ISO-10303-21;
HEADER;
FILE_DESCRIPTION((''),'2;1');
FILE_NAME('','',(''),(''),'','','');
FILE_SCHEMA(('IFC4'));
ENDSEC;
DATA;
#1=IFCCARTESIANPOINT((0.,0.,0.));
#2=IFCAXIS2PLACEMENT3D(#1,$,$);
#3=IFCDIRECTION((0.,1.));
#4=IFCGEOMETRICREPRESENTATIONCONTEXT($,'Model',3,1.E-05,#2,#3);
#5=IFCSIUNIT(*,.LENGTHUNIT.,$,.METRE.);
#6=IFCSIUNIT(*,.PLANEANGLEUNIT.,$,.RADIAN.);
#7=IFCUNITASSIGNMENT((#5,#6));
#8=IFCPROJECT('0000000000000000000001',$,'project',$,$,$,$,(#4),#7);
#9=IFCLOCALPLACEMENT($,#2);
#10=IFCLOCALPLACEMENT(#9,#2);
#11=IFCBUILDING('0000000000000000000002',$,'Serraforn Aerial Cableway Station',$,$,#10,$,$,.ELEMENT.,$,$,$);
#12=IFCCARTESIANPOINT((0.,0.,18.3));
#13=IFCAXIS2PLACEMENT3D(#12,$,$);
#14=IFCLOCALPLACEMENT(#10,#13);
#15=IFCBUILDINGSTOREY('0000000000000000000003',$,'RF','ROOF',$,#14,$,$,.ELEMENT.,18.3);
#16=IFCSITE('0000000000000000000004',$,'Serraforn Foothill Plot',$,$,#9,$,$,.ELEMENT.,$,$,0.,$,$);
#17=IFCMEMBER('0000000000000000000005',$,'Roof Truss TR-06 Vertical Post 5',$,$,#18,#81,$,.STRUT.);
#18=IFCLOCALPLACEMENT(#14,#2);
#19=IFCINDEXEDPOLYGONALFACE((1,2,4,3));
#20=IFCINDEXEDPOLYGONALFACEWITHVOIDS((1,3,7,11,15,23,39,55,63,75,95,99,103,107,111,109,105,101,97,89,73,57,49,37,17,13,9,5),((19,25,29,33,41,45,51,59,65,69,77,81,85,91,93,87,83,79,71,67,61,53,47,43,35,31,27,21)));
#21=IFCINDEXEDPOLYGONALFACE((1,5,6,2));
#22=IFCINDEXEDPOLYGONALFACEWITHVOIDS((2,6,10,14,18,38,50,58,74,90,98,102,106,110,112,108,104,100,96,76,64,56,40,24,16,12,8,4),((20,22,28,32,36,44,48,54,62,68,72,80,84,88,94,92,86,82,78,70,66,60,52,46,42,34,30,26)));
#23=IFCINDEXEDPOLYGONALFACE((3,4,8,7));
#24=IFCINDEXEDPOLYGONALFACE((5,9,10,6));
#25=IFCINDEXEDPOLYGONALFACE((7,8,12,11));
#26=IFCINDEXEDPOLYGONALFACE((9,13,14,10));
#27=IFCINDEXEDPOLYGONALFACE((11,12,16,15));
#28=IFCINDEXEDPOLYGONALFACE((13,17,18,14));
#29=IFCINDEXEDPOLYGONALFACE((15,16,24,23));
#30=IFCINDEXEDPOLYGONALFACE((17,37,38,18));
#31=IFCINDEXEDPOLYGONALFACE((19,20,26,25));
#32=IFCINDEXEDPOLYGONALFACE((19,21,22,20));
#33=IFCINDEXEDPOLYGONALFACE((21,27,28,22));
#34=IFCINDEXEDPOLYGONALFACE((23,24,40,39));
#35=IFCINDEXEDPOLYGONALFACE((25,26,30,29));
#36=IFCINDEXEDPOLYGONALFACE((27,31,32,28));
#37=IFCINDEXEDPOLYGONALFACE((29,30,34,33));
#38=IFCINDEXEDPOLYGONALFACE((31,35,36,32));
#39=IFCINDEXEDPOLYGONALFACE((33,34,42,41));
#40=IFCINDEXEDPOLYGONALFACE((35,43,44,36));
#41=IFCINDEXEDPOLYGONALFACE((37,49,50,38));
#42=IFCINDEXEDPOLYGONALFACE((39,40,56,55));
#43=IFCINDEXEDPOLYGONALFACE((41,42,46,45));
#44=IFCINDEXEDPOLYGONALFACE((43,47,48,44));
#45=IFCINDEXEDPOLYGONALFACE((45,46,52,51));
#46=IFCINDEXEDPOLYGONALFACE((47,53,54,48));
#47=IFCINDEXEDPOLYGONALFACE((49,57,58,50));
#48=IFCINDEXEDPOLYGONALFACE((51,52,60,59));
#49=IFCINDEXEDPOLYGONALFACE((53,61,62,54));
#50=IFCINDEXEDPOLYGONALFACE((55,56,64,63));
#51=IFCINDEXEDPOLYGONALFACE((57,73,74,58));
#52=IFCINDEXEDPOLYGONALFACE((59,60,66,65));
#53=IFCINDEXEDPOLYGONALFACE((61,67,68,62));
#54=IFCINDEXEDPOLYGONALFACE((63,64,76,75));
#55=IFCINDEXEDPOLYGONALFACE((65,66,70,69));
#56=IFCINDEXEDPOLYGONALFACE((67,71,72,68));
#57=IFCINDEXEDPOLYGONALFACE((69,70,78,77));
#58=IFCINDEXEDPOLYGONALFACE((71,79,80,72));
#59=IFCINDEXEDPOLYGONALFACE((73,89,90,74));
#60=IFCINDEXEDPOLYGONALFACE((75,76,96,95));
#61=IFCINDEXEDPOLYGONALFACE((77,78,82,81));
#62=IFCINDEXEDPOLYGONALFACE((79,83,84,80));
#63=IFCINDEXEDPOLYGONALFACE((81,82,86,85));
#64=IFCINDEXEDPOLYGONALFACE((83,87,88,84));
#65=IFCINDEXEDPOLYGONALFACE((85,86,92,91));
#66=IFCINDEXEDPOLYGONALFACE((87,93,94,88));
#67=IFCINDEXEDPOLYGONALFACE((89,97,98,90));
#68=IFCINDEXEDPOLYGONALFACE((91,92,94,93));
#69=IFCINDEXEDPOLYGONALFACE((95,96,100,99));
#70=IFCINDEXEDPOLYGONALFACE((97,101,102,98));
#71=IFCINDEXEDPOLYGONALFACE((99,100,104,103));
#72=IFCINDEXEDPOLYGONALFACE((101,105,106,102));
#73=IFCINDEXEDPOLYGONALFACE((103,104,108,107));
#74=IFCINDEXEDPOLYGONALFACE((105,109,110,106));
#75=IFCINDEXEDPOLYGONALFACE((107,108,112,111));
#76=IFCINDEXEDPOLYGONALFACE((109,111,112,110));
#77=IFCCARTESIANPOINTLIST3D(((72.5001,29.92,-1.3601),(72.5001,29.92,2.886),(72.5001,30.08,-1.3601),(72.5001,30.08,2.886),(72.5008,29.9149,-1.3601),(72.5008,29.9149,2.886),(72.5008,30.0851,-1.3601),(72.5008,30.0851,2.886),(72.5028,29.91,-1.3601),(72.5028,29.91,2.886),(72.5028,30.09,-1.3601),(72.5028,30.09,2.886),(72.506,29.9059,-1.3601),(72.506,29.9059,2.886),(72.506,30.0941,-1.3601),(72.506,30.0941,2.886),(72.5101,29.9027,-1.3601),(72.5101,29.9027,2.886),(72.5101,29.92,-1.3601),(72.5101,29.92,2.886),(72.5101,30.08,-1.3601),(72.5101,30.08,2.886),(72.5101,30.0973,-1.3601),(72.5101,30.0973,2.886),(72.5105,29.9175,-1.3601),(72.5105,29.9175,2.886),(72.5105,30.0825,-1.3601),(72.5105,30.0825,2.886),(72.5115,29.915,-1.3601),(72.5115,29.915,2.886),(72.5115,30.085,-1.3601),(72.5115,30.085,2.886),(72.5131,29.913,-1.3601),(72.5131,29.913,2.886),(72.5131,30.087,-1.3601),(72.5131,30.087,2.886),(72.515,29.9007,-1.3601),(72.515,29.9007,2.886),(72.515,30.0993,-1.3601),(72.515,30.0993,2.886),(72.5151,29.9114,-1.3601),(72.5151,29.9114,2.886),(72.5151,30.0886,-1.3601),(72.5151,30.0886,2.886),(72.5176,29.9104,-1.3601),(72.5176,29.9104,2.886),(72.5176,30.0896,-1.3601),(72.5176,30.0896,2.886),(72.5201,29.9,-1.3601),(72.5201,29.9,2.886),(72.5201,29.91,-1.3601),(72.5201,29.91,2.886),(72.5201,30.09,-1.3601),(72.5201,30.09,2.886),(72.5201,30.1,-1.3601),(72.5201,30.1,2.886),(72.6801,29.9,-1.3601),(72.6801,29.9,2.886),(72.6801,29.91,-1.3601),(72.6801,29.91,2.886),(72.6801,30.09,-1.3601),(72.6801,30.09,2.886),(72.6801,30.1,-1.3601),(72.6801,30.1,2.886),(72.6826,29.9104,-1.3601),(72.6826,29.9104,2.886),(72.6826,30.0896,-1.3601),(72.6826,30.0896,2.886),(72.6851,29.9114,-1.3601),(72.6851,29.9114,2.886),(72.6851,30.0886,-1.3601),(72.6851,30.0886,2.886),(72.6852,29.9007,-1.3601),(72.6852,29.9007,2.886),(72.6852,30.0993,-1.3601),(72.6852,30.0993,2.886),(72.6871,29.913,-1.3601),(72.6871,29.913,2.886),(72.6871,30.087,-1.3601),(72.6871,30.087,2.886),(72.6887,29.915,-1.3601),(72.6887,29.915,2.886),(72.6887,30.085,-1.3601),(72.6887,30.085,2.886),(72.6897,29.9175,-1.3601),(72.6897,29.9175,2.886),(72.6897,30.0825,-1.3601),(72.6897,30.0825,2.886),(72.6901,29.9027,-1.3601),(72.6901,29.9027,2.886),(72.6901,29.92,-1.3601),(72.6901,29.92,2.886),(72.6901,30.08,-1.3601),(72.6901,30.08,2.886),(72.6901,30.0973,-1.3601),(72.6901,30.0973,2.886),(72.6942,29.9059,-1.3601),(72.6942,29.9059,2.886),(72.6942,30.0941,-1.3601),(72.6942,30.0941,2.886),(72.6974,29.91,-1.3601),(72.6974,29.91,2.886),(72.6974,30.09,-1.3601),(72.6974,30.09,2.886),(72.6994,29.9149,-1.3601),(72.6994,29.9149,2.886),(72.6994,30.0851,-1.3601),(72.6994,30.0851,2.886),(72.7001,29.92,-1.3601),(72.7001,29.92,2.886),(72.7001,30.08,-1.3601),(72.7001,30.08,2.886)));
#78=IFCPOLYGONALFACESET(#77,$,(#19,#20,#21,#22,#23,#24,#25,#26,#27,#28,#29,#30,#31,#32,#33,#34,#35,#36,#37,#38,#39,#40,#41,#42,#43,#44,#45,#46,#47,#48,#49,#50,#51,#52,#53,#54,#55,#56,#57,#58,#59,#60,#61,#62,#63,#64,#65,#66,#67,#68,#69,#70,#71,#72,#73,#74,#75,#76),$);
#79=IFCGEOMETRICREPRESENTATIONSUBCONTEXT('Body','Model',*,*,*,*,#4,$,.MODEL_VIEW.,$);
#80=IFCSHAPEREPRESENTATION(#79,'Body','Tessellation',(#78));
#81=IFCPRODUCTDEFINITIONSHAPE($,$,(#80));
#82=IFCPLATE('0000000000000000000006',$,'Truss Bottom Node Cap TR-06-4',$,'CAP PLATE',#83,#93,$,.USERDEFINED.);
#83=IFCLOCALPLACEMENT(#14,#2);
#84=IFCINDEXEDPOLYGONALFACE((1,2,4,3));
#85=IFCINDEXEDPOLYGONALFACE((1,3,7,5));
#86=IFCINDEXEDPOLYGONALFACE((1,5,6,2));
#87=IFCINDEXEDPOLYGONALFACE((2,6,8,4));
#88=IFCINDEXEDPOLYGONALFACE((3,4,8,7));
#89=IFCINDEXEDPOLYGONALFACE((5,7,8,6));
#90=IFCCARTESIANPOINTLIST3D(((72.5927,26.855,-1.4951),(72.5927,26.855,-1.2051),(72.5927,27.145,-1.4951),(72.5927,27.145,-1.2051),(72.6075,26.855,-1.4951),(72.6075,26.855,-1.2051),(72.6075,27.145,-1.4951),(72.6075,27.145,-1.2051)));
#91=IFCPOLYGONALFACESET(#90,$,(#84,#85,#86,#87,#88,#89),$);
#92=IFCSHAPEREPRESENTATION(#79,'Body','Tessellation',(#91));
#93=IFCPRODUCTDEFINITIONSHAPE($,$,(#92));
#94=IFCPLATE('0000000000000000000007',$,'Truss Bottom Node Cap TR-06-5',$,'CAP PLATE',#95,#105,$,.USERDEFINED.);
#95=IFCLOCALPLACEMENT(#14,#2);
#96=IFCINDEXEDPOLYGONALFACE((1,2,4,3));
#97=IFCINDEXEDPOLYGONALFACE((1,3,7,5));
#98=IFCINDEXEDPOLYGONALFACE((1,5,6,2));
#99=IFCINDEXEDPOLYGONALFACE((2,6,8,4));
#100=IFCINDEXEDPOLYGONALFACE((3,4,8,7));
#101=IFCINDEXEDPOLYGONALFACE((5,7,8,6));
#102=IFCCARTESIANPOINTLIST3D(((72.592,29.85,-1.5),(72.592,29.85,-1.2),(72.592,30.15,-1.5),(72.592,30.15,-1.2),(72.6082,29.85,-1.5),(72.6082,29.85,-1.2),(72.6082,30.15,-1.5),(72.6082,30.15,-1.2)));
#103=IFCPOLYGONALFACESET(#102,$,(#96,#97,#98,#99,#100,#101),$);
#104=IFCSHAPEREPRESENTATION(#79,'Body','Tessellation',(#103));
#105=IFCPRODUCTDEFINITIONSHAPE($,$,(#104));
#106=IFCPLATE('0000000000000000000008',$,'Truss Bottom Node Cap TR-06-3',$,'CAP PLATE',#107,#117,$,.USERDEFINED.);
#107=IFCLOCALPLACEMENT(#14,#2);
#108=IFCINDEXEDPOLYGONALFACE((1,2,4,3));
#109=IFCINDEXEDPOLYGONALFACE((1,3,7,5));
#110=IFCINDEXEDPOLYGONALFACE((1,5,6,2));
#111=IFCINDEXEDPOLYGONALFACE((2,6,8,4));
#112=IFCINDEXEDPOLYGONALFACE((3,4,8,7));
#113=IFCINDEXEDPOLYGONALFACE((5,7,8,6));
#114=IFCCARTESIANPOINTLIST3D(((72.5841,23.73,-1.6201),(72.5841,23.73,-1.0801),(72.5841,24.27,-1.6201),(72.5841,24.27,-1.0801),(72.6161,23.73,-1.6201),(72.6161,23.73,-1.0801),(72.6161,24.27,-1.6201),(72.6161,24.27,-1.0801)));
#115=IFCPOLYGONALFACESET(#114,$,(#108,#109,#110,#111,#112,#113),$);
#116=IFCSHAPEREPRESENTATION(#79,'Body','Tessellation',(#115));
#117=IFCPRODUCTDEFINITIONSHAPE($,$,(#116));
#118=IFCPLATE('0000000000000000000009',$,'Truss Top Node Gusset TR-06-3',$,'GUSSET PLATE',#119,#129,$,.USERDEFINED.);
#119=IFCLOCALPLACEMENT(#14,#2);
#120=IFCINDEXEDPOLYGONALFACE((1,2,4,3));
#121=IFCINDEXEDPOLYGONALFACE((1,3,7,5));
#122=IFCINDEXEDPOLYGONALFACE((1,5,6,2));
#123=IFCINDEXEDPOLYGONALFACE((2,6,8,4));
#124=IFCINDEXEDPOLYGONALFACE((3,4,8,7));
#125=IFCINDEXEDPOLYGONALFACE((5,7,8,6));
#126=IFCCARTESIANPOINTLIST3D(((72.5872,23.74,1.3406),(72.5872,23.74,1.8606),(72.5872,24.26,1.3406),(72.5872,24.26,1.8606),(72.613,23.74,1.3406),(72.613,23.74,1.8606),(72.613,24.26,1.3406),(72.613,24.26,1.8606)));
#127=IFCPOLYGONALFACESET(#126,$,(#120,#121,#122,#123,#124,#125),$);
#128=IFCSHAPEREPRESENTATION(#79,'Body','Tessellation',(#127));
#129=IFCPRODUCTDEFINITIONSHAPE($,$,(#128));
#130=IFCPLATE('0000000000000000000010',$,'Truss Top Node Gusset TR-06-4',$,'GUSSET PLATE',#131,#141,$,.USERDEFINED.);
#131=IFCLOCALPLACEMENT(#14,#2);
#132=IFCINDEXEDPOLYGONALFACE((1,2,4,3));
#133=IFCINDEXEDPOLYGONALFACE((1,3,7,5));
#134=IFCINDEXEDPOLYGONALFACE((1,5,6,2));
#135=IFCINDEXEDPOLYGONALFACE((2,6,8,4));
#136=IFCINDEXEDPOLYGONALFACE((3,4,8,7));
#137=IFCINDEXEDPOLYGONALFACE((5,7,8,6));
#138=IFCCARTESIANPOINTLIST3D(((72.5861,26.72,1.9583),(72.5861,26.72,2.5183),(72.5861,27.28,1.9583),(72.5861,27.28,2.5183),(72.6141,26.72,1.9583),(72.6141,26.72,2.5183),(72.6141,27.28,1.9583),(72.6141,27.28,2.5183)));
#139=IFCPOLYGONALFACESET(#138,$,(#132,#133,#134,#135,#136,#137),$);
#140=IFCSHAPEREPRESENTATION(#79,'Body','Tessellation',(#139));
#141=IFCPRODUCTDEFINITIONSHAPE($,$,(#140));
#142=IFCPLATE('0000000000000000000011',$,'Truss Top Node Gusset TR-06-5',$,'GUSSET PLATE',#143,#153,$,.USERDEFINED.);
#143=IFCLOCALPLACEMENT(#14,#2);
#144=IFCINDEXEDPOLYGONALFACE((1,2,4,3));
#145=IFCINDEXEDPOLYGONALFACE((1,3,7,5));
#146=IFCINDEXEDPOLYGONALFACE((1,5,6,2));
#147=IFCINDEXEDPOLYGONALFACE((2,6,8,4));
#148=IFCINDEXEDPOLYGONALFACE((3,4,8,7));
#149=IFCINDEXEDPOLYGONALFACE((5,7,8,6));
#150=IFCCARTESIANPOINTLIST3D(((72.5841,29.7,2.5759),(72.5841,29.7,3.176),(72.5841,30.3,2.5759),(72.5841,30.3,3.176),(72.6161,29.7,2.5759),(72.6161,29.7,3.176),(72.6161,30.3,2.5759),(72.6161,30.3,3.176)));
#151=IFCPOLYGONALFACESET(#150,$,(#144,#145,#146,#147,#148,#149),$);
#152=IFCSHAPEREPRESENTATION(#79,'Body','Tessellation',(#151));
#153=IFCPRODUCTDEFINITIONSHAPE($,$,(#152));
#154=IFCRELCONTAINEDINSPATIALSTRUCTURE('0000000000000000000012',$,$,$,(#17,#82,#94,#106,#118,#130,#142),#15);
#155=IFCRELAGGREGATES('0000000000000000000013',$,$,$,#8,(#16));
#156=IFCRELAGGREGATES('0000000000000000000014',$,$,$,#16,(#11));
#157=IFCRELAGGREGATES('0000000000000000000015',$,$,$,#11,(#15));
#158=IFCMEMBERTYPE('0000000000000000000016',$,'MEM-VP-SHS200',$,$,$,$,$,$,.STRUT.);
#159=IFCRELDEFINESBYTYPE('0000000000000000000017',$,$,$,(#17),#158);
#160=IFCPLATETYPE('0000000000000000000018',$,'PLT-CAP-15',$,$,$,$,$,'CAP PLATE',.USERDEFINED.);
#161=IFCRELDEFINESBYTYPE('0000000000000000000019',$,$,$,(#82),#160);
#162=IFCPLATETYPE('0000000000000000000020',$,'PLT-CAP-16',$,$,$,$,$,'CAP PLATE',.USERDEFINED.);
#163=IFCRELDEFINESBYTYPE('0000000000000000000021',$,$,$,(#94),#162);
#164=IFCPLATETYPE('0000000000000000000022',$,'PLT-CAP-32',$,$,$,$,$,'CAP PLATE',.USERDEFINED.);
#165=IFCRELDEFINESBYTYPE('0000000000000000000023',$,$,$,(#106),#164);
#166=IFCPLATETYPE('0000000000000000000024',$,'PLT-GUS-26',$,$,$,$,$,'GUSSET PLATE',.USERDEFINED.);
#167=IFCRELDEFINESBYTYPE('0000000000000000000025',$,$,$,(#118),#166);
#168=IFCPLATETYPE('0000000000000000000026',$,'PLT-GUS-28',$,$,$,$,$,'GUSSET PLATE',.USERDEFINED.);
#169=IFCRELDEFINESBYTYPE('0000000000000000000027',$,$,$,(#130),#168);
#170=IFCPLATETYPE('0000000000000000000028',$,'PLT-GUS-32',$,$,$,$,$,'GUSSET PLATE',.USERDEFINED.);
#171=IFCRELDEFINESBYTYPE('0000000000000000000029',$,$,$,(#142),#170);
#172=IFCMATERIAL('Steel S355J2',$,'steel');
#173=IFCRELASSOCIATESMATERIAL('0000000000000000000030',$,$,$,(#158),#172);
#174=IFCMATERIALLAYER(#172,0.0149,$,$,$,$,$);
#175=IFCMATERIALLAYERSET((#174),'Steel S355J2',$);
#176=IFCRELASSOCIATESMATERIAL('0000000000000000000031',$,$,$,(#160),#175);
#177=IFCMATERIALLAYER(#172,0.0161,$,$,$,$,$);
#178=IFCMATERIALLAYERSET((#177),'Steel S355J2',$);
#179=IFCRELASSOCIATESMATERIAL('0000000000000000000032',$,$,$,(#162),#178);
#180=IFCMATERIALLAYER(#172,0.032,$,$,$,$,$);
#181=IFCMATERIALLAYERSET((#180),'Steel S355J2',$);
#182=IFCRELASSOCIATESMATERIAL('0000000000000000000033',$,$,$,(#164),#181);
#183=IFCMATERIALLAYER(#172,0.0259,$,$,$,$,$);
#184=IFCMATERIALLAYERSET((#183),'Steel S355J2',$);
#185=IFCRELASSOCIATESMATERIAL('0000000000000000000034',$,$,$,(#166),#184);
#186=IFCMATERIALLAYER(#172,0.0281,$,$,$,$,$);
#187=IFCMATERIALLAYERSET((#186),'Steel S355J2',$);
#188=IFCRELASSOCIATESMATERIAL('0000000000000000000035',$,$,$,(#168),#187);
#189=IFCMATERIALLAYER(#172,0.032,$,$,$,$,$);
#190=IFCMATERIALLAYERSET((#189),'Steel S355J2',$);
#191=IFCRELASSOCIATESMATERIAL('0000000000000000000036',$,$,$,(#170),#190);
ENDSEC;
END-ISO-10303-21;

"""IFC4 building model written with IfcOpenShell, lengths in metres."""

from ifc_helpers import new_model, si_unit, direction, frame, origin, origin_2d, place, context, subcontext, project, spatial, rectangle, hollow_rectangle, extrude, material, layer, layer_set, material_profile, profile_set, type_object, element, save


model = new_model("IFC4")

# Units and contexts
model_context = context("Model", 3, precision=1e-05, world=origin(), true_north=direction((0.0, 1.0)))
body_context = subcontext(model_context, "Body", "Model", "MODEL_VIEW")
ifc_project = project(units=[si_unit("LENGTHUNIT", "METRE"), si_unit("PLANEANGLEUNIT", "RADIAN")], contexts=[model_context])

# Site, building, storey
site_placement = place(None, origin())
site = spatial("IfcSite", under=ifc_project, at=site_placement, Name="Serraforn Foothill Plot", CompositionType="ELEMENT", RefElevation=0.0)
building_placement = place(site_placement, origin())
building = spatial("IfcBuilding", under=site, at=building_placement, Name="Serraforn Aerial Cableway Station", CompositionType="ELEMENT")
storey_placement = place(building_placement, frame((0.0, 0.0, 18.3)))
storey = spatial("IfcBuildingStorey", under=building, at=storey_placement, Name="RF", Description="ROOF", CompositionType="ELEMENT", Elevation=18.3)

# Member
ifc_material_1 = material(Name="Steel S355J2", Category="steel")
ifc_material_profile_1 = material_profile(ifc_material_1, hollow_rectangle(XDim=0.2, YDim=0.2, WallThickness=0.01, InnerFilletRadius=0.01, OuterFilletRadius=0.02, at=origin_2d()), Name="SHS 200x200x10.0")
ifc_profile_set_1 = profile_set([ifc_material_profile_1], Name="Steel S355J2")
member_type_1 = type_object("IfcMemberType", Name="MEM-VP-SHS200", PredefinedType="STRUT", material=ifc_profile_set_1)
member_1_placement = place(storey_placement, frame((72.6001, 30.0, -1.3601), z_axis=(0.0, 0.0, 1.0), x_axis=(1.0, 0.0, 0.0)))
element("IfcMember", 1, at=member_1_placement, inside=storey, type_object=member_type_1, Name="Roof Truss TR-06 Vertical Post 5", PredefinedType="STRUT", context=body_context, shape_type="SweptSolid", body=[
    extrude(hollow_rectangle(XDim=0.2, YDim=0.2, WallThickness=0.01, InnerFilletRadius=0.01, OuterFilletRadius=0.02, at=origin_2d()), origin(), (0.0, 0.0, 1.0), 4.2461),
])

# Plates
ifc_layer_1 = layer(ifc_material_1, 0.0149)
ifc_layer_set_1 = layer_set([ifc_layer_1], Name="Steel S355J2")
plate_type_1 = type_object("IfcPlateType", Name="PLT-CAP-15", ElementType="CAP PLATE", PredefinedType="USERDEFINED", material=ifc_layer_set_1)
plate_1_placement = place(storey_placement, frame((72.6001, 27.0, -1.4951), z_axis=(0.0, 0.0, 1.0), x_axis=(1.0, 0.0, 0.0)))
element("IfcPlate", 2, at=plate_1_placement, inside=storey, type_object=plate_type_1, Name="Truss Bottom Node Cap TR-06-4", ObjectType="CAP PLATE", PredefinedType="USERDEFINED", context=body_context, shape_type="SweptSolid", body=[
    extrude(rectangle(XDim=0.0149, YDim=0.29, at=origin_2d()), origin(), (0.0, 0.0, 1.0), 0.29),
])
ifc_layer_2 = layer(ifc_material_1, 0.0161)
ifc_layer_set_2 = layer_set([ifc_layer_2], Name="Steel S355J2")
plate_type_2 = type_object("IfcPlateType", Name="PLT-CAP-16", ElementType="CAP PLATE", PredefinedType="USERDEFINED", material=ifc_layer_set_2)
plate_2_placement = place(storey_placement, frame((72.6001, 30.0, -1.5), z_axis=(0.0, 0.0, 1.0), x_axis=(1.0, 0.0, 0.0)))
element("IfcPlate", 3, at=plate_2_placement, inside=storey, type_object=plate_type_2, Name="Truss Bottom Node Cap TR-06-5", ObjectType="CAP PLATE", PredefinedType="USERDEFINED", context=body_context, shape_type="SweptSolid", body=[
    extrude(rectangle(XDim=0.0161, YDim=0.3, at=origin_2d()), origin(), (0.0, 0.0, 1.0), 0.3),
])
ifc_layer_3 = layer(ifc_material_1, 0.032)
ifc_layer_set_3 = layer_set([ifc_layer_3], Name="Steel S355J2")
plate_type_3 = type_object("IfcPlateType", Name="PLT-CAP-32", ElementType="CAP PLATE", PredefinedType="USERDEFINED", material=ifc_layer_set_3)
plate_3_placement = place(storey_placement, frame((72.6001, 24.0, -1.6201), z_axis=(0.0, 0.0, 1.0), x_axis=(1.0, 0.0, 0.0)))
element("IfcPlate", 4, at=plate_3_placement, inside=storey, type_object=plate_type_3, Name="Truss Bottom Node Cap TR-06-3", ObjectType="CAP PLATE", PredefinedType="USERDEFINED", context=body_context, shape_type="SweptSolid", body=[
    extrude(rectangle(XDim=0.032, YDim=0.54, at=origin_2d()), origin(), (0.0, 0.0, 1.0), 0.54),
])
ifc_layer_4 = layer(ifc_material_1, 0.0259)
ifc_layer_set_4 = layer_set([ifc_layer_4], Name="Steel S355J2")
plate_type_4 = type_object("IfcPlateType", Name="PLT-GUS-26", ElementType="GUSSET PLATE", PredefinedType="USERDEFINED", material=ifc_layer_set_4)
plate_4_placement = place(storey_placement, frame((72.6001, 24.0, 1.3406), z_axis=(0.0, 0.0, 1.0), x_axis=(1.0, 0.0, 0.0)))
element("IfcPlate", 5, at=plate_4_placement, inside=storey, type_object=plate_type_4, Name="Truss Top Node Gusset TR-06-3", ObjectType="GUSSET PLATE", PredefinedType="USERDEFINED", context=body_context, shape_type="SweptSolid", body=[
    extrude(rectangle(XDim=0.0259, YDim=0.52, at=origin_2d()), origin(), (0.0, 0.0, 1.0), 0.52),
])
ifc_layer_5 = layer(ifc_material_1, 0.0281)
ifc_layer_set_5 = layer_set([ifc_layer_5], Name="Steel S355J2")
plate_type_5 = type_object("IfcPlateType", Name="PLT-GUS-28", ElementType="GUSSET PLATE", PredefinedType="USERDEFINED", material=ifc_layer_set_5)
plate_5_placement = place(storey_placement, frame((72.6001, 27.0, 1.9583), z_axis=(0.0, 0.0, 1.0), x_axis=(1.0, 0.0, 0.0)))
element("IfcPlate", 6, at=plate_5_placement, inside=storey, type_object=plate_type_5, Name="Truss Top Node Gusset TR-06-4", ObjectType="GUSSET PLATE", PredefinedType="USERDEFINED", context=body_context, shape_type="SweptSolid", body=[
    extrude(rectangle(XDim=0.0281, YDim=0.5601, at=origin_2d()), origin(), (0.0, 0.0, 1.0), 0.5601),
])
ifc_layer_6 = layer(ifc_material_1, 0.032)
ifc_layer_set_6 = layer_set([ifc_layer_6], Name="Steel S355J2")
plate_type_6 = type_object("IfcPlateType", Name="PLT-GUS-32", ElementType="GUSSET PLATE", PredefinedType="USERDEFINED", material=ifc_layer_set_6)
plate_6_placement = place(storey_placement, frame((72.6001, 30.0, 2.5759), z_axis=(0.0, 0.0, 1.0), x_axis=(1.0, 0.0, 0.0)))
element("IfcPlate", 7, at=plate_6_placement, inside=storey, type_object=plate_type_6, Name="Truss Top Node Gusset TR-06-5", ObjectType="GUSSET PLATE", PredefinedType="USERDEFINED", context=body_context, shape_type="SweptSolid", body=[
    extrude(rectangle(XDim=0.032, YDim=0.6001, at=origin_2d()), origin(), (0.0, 0.0, 1.0), 0.6001),
])

save(model, "model.ifc")
